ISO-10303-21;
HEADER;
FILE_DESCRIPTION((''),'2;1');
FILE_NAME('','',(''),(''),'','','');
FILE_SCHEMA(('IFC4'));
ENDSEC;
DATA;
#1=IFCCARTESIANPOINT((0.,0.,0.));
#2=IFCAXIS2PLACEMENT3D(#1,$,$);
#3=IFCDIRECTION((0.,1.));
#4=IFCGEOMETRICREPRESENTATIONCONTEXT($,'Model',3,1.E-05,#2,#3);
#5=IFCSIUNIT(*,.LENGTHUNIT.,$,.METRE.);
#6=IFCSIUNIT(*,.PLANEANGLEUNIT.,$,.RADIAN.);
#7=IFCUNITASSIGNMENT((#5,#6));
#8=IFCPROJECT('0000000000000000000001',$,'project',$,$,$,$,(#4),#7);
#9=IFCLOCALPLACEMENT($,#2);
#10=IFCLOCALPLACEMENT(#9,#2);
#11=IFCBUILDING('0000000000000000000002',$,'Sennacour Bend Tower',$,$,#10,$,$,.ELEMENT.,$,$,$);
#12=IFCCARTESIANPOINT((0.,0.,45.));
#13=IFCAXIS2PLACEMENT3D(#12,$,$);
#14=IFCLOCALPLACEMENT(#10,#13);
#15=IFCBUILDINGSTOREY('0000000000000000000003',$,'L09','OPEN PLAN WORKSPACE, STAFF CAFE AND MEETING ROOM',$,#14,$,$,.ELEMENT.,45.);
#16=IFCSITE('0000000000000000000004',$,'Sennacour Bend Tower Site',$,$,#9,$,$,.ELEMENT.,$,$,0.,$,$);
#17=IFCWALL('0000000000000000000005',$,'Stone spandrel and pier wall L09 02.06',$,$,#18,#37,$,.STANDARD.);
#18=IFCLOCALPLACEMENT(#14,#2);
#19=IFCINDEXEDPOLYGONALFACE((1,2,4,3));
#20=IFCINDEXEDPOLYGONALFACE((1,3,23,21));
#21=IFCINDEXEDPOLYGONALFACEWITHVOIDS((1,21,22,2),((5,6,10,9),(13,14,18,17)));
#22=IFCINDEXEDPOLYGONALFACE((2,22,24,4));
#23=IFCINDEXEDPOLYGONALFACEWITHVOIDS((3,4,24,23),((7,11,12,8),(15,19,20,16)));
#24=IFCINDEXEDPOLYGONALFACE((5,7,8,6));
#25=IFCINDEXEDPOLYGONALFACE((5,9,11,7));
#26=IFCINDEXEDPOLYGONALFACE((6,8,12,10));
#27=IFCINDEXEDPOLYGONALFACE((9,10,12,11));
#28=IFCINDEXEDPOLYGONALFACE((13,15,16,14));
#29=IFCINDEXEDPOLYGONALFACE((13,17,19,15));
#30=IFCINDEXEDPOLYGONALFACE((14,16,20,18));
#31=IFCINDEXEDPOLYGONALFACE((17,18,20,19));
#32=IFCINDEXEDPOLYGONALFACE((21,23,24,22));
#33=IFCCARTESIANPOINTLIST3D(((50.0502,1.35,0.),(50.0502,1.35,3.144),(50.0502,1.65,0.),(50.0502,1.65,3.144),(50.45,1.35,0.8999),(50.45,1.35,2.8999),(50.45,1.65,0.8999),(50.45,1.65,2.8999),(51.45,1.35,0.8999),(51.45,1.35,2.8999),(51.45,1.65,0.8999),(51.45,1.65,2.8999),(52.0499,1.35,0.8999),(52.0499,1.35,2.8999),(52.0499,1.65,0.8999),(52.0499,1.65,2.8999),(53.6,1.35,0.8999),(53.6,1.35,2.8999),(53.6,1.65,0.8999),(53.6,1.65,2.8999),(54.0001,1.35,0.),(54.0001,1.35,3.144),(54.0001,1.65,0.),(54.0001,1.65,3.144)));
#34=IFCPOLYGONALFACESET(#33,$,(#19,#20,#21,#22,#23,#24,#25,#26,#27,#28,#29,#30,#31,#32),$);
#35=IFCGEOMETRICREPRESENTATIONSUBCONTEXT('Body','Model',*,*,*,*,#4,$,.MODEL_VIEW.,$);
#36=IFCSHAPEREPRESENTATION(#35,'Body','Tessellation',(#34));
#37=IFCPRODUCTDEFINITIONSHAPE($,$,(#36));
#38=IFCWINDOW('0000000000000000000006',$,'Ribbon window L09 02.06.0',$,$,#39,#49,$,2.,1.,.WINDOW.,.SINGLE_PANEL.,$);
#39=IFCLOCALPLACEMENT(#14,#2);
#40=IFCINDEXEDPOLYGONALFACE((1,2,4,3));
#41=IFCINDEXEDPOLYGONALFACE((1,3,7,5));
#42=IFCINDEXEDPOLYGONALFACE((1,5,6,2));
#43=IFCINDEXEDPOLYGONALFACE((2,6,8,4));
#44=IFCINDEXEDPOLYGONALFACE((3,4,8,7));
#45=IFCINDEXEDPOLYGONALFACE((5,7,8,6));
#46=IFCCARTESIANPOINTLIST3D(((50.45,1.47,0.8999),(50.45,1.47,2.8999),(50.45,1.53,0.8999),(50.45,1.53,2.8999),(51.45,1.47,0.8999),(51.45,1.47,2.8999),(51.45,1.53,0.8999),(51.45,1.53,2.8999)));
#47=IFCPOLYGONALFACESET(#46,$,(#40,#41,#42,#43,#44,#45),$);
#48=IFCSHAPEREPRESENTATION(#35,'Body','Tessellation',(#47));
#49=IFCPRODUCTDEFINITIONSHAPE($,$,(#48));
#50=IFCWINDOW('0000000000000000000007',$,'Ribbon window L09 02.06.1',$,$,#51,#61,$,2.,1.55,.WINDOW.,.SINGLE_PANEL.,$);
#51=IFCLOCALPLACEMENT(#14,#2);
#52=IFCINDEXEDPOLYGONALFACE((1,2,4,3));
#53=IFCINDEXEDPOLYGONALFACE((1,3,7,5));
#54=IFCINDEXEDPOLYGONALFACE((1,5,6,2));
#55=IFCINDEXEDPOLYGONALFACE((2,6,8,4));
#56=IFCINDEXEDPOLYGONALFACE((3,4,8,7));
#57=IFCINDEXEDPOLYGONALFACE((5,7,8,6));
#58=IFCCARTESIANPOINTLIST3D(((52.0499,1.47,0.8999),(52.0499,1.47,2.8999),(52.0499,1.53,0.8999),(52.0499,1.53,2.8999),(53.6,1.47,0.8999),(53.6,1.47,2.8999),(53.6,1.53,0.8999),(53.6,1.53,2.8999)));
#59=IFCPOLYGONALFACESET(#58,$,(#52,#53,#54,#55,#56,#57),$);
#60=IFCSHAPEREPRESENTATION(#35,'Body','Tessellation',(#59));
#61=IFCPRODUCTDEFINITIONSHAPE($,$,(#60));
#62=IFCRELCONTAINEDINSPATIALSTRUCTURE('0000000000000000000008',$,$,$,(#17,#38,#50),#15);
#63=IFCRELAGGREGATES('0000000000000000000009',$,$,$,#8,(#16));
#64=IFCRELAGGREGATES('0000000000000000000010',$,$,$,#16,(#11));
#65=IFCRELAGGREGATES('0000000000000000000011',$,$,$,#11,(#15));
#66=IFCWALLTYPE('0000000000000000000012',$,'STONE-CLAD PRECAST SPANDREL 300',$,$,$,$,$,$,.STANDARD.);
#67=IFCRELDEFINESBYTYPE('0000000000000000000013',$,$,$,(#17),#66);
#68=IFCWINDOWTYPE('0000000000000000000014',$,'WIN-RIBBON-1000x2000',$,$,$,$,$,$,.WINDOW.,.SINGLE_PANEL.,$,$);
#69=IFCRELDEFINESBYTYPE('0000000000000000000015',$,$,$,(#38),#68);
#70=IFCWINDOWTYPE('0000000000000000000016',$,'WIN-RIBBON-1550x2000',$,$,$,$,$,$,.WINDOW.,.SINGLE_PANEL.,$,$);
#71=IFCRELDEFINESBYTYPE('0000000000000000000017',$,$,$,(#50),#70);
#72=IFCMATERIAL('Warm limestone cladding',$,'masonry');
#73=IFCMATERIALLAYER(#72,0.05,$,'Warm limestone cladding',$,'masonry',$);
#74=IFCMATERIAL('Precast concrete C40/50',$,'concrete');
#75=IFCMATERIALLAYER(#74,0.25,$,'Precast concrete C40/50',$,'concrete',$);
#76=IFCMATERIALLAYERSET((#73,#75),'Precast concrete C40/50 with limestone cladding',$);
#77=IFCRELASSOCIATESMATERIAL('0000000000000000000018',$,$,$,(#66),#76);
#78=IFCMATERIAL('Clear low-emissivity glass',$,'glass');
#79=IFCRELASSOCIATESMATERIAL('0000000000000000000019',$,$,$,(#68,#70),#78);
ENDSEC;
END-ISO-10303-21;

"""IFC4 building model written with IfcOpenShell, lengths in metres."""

from ifc_helpers import new_model, si_unit, direction, frame, frame_2d, origin, place, context, subcontext, project, spatial, rectangle, extrude, material, layer, layer_set, type_object, element, fill, save


model = new_model("IFC4")

# Units and contexts
model_context = context("Model", 3, precision=1e-05, world=origin(), true_north=direction((0.0, 1.0)))
body_context = subcontext(model_context, "Body", "Model", "MODEL_VIEW")
ifc_project = project(units=[si_unit("LENGTHUNIT", "METRE"), si_unit("PLANEANGLEUNIT", "RADIAN")], contexts=[model_context])

# Site, building, storey
site_placement = place(None, origin())
site = spatial("IfcSite", under=ifc_project, at=site_placement, Name="Sennacour Bend Tower Site", CompositionType="ELEMENT", RefElevation=0.0)
building_placement = place(site_placement, origin())
building = spatial("IfcBuilding", under=site, at=building_placement, Name="Sennacour Bend Tower", CompositionType="ELEMENT")
storey_placement = place(building_placement, frame((0.0, 0.0, 45.0)))
storey = spatial("IfcBuildingStorey", under=building, at=storey_placement, Name="L09", Description="OPEN PLAN WORKSPACE, STAFF CAFE AND MEETING ROOM", CompositionType="ELEMENT", Elevation=45.0)

# Wall, openings, windows
ifc_material_1 = material(Name="Warm limestone cladding", Category="masonry")
ifc_layer_1 = layer(ifc_material_1, 0.05, Name="Warm limestone cladding", Category="masonry")
ifc_material_2 = material(Name="Precast concrete C40/50", Category="concrete")
ifc_layer_2 = layer(ifc_material_2, 0.25, Name="Precast concrete C40/50", Category="concrete")
ifc_layer_set_1 = layer_set([ifc_layer_1, ifc_layer_2], Name="Precast concrete C40/50 with limestone cladding")
wall_type_1 = type_object("IfcWallType", Name="STONE-CLAD PRECAST SPANDREL 300", PredefinedType="STANDARD", material=ifc_layer_set_1)
ifc_material_3 = material(Name="Clear low-emissivity glass", Category="glass")
window_type_1 = type_object("IfcWindowType", Name="WIN-RIBBON-1000x2000", PartitioningType="SINGLE_PANEL", PredefinedType="WINDOW", material=ifc_material_3)
wall_1_placement = place(storey_placement, frame((50.05, 1.5, 0.0), z_axis=(0.0, 0.0, 1.0), x_axis=(1.0, 0.0, 0.0)))
wall_1 = element("IfcWall", 1, at=wall_1_placement, inside=storey, type_object=wall_type_1, Name="Stone spandrel and pier wall L09 02.06", PredefinedType="STANDARD", context=body_context, shape_type="SweptSolid", body=[
    extrude(rectangle(XDim=3.95, YDim=0.3, at=frame_2d((1.9751, 0.0))), origin(), (0.0, 0.0, 1.0), 3.144),
])
opening_1_placement = place(wall_1_placement, frame((0.3999, 0.0, 0.8999)))
opening_1 = element("IfcOpeningElement", 2, at=opening_1_placement, cuts=wall_1, PredefinedType="OPENING", context=body_context, shape_type="SweptSolid", body=[
    extrude(rectangle(XDim=1.0, YDim=2.0, at=frame_2d((0.5, 1.0))), frame((0.0, 0.1602, 0.0), z_axis=(0.0, -1.0, 0.0), x_axis=(1.0, 0.0, 0.0)), (0.0, 0.0, 1.0), 0.3201),
])
opening_2_placement = place(wall_1_placement, frame((2.0, 0.0, 0.8999)))
opening_2 = element("IfcOpeningElement", 3, at=opening_2_placement, cuts=wall_1, PredefinedType="OPENING", context=body_context, shape_type="SweptSolid", body=[
    extrude(rectangle(XDim=1.55, YDim=2.0, at=frame_2d((0.7749, 1.0))), frame((0.0, 0.1602, 0.0), z_axis=(0.0, -1.0, 0.0), x_axis=(1.0, 0.0, 0.0)), (0.0, 0.0, 1.0), 0.3201),
])
window_1_placement = place(opening_1_placement, origin())
window_1 = element("IfcWindow", 4, at=window_1_placement, inside=storey, type_object=window_type_1, Name="Ribbon window L09 02.06.0", OverallHeight=2.0, OverallWidth=1.0, PartitioningType="SINGLE_PANEL", PredefinedType="WINDOW", context=body_context, shape_type="SweptSolid", body=[
    extrude(rectangle(XDim=1.0, YDim=2.0, at=frame_2d((0.5, 1.0))), frame((0.0, 0.03, 0.0), z_axis=(0.0, -1.0, 0.0), x_axis=(1.0, 0.0, 0.0)), (0.0, 0.0, 1.0), 0.0601),
])
fill(opening_1, window_1)
window_type_2 = type_object("IfcWindowType", Name="WIN-RIBBON-1550x2000", PartitioningType="SINGLE_PANEL", PredefinedType="WINDOW", material=ifc_material_3)
window_2_placement = place(opening_2_placement, origin())
window_2 = element("IfcWindow", 5, at=window_2_placement, inside=storey, type_object=window_type_2, Name="Ribbon window L09 02.06.1", OverallHeight=2.0, OverallWidth=1.55, PartitioningType="SINGLE_PANEL", PredefinedType="WINDOW", context=body_context, shape_type="SweptSolid", body=[
    extrude(rectangle(XDim=1.55, YDim=2.0, at=frame_2d((0.7749, 1.0))), frame((0.0, 0.03, 0.0), z_axis=(0.0, -1.0, 0.0), x_axis=(1.0, 0.0, 0.0)), (0.0, 0.0, 1.0), 0.0601),
])
fill(opening_2, window_2)

save(model, "model.ifc")
